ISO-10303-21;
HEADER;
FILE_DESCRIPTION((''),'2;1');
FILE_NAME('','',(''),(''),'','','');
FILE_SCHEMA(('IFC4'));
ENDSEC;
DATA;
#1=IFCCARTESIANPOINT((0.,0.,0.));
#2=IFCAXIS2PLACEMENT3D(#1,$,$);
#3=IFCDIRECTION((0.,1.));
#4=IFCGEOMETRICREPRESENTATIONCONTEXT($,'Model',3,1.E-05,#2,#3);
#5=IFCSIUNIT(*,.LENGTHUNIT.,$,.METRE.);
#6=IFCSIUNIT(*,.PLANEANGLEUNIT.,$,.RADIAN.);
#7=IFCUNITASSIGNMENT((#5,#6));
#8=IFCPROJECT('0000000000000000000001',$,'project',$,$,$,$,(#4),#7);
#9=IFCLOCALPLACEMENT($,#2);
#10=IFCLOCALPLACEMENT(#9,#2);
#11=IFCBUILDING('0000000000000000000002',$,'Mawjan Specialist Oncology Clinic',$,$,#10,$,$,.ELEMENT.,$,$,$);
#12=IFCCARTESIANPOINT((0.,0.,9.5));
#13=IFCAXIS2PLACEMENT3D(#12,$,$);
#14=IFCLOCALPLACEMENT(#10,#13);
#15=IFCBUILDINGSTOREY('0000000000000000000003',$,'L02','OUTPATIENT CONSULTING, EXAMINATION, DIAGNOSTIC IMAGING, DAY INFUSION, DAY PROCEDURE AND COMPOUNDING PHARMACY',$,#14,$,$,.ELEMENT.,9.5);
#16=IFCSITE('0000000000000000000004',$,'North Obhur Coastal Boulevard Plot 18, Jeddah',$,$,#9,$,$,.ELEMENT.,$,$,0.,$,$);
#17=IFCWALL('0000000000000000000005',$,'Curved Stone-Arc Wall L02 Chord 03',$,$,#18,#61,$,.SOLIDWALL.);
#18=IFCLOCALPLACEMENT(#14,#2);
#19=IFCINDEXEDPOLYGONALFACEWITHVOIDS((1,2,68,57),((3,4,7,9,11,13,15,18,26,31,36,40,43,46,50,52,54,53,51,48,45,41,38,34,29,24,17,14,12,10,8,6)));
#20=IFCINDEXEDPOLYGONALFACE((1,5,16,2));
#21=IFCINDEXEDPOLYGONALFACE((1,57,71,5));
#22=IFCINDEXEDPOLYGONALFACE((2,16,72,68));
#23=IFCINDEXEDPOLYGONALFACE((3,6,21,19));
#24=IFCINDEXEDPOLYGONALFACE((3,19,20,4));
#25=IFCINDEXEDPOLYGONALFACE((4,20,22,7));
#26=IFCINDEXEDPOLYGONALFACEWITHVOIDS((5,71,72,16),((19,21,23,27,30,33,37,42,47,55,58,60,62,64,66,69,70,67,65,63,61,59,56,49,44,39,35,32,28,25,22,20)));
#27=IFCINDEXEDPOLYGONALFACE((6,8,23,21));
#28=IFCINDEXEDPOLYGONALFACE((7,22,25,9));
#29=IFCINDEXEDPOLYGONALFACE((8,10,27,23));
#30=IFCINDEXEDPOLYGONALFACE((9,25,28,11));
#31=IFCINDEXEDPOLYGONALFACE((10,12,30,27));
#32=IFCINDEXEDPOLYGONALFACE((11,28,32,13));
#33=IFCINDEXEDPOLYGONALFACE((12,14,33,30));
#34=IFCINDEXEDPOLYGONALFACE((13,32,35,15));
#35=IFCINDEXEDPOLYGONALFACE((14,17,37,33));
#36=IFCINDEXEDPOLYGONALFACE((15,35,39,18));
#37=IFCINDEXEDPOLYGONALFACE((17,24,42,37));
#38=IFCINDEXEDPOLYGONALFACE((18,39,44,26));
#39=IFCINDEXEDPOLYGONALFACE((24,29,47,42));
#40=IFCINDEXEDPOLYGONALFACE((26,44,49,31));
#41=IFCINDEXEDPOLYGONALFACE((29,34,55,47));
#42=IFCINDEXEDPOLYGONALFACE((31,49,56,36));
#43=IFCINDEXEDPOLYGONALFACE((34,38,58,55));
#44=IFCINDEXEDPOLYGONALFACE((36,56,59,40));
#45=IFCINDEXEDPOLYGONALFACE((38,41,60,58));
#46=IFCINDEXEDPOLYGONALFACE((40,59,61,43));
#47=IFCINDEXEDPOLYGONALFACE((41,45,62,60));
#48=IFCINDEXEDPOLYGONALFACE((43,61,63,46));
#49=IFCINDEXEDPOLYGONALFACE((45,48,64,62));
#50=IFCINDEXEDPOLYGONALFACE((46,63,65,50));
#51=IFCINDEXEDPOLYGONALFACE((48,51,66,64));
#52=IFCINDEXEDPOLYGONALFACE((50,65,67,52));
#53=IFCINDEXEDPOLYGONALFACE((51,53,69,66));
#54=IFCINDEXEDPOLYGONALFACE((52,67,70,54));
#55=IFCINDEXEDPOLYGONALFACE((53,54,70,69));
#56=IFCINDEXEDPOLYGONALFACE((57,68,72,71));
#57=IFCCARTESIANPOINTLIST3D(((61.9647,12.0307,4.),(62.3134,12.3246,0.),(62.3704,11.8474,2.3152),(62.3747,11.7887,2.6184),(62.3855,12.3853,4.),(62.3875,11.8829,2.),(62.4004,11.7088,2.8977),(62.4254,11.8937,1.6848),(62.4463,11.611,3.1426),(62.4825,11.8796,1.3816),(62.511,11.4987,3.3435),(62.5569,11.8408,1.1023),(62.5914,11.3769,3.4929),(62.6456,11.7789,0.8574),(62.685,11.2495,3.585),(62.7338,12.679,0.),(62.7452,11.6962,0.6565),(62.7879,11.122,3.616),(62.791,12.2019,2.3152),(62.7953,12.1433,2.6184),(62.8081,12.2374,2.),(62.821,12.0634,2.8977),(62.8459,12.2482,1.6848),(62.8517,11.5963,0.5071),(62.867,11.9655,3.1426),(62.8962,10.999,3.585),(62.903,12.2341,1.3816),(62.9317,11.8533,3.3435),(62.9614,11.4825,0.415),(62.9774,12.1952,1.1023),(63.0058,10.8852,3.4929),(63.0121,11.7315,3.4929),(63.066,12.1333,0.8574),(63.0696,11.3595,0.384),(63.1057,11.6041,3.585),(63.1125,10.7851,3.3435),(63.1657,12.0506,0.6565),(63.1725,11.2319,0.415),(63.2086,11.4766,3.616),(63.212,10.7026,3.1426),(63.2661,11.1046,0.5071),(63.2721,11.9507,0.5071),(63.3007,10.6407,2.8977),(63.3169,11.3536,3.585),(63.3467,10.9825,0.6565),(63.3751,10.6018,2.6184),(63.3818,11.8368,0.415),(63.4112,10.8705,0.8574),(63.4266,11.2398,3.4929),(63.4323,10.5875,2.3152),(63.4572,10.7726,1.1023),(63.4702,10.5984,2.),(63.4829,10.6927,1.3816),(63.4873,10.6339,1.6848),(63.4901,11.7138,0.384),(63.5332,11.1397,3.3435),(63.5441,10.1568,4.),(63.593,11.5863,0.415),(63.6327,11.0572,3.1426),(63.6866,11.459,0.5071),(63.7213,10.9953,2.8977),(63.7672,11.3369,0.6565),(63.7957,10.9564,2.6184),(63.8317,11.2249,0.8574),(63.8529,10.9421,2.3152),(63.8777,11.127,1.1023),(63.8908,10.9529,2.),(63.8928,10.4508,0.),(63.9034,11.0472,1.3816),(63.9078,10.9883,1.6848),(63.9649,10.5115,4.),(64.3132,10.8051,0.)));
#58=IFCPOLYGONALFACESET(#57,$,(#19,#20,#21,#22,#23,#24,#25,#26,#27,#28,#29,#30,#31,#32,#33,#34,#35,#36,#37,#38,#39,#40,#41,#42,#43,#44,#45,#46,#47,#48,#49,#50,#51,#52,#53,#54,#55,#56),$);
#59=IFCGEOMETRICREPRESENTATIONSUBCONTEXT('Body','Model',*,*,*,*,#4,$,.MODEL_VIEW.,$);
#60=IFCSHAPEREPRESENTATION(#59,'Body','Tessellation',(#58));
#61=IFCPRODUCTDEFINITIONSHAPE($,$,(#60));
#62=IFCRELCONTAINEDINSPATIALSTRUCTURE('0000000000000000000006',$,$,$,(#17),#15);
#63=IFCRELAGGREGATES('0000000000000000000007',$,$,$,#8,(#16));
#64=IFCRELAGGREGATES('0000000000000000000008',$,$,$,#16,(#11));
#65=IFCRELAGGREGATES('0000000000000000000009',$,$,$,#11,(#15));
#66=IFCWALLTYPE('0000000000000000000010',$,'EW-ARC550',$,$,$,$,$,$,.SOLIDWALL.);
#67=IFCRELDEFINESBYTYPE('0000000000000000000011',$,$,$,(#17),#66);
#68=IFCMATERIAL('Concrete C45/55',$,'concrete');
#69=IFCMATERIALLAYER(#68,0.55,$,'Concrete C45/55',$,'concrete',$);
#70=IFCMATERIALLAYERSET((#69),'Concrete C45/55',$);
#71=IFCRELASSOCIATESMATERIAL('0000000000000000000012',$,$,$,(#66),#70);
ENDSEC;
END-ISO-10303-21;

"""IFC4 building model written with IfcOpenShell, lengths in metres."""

from ifc_helpers import new_model, si_unit, direction, frame, origin, place, context, subcontext, project, spatial, polyline, outline, extrude, material, layer, layer_set, type_object, element, save


model = new_model("IFC4")

# Units and contexts
model_context = context("Model", 3, precision=1e-05, world=origin(), true_north=direction((0.0, 1.0)))
body_context = subcontext(model_context, "Body", "Model", "MODEL_VIEW")
ifc_project = project(units=[si_unit("LENGTHUNIT", "METRE"), si_unit("PLANEANGLEUNIT", "RADIAN")], contexts=[model_context])

# Site, building, storey
site_placement = place(None, origin())
site = spatial("IfcSite", under=ifc_project, at=site_placement, Name="North Obhur Coastal Boulevard Plot 18, Jeddah", CompositionType="ELEMENT", RefElevation=0.0)
building_placement = place(site_placement, origin())
building = spatial("IfcBuilding", under=site, at=building_placement, Name="Mawjan Specialist Oncology Clinic", CompositionType="ELEMENT")
storey_placement = place(building_placement, frame((0.0, 0.0, 9.5)))
storey = spatial("IfcBuildingStorey", under=building, at=storey_placement, Name="L02", Description="OUTPATIENT CONSULTING, EXAMINATION, DIAGNOSTIC IMAGING, DAY INFUSION, DAY PROCEDURE AND COMPOUNDING PHARMACY", CompositionType="ELEMENT", Elevation=9.5)

# Wall, opening
ifc_material_1 = material(Name="Concrete C45/55", Category="concrete")
ifc_layer_1 = layer(ifc_material_1, 0.55, Name="Concrete C45/55", Category="concrete")
ifc_layer_set_1 = layer_set([ifc_layer_1], Name="Concrete C45/55")
wall_type_1 = type_object("IfcWallType", Name="EW-ARC550", PredefinedType="SOLIDWALL", material=ifc_layer_set_1)
wall_1_placement = place(storey_placement, frame((64.103, 10.6279, 0.0), z_axis=(0.0, 0.0, 1.0), x_axis=(-0.644476, 0.764624, 0.0)))
wall_1 = element("IfcWall", 1, at=wall_1_placement, inside=storey, type_object=wall_type_1, Name="Curved Stone-Arc Wall L02 Chord 03", PredefinedType="SOLIDWALL", context=body_context, shape_type="SweptSolid", body=[
    extrude(outline(polyline([(-0.2749, 0.0), (0.2749, 0.0), (0.731, 4.0), (0.1807, 4.0), (-0.2749, 0.0)])), frame((0.0, 0.0, 0.0), z_axis=(1.0, 0.0, 0.0), x_axis=(0.0, 1.0, 0.0)), (0.0, 0.0, 1.0), 2.4507),
])
opening_1_placement = place(wall_1_placement, origin())
element("IfcOpeningElement", 2, at=opening_1_placement, cuts=wall_1, PredefinedType="OPENING", context=body_context, shape_type="SweptSolid", body=[
    extrude(outline(polyline([(2.0652, 2.0), (2.0491, 2.3152), (2.0015, 2.6184), (1.9238, 2.8977), (1.8193, 3.1426), (1.6919, 3.3435), (1.5469, 3.4929), (1.3892, 3.585), (1.2253, 3.616), (1.0615, 3.585), (0.9038, 3.4929), (0.7585, 3.3435), (0.6313, 3.1426), (0.5269, 2.8977), (0.4492, 2.6184), (0.4014, 2.3152), (0.3853, 2.0), (0.4014, 1.6848), (0.4492, 1.3816), (0.5269, 1.1023), (0.6313, 0.8574), (0.7585, 0.6565), (0.9038, 0.5071), (1.0615, 0.415), (1.2253, 0.384), (1.3892, 0.415), (1.5469, 0.5071), (1.6919, 0.6565), (1.8193, 0.8574), (1.9238, 1.1023), (2.0015, 1.3816), (2.0491, 1.6848), (2.0652, 2.0)])), frame((0.0, 0.7507, 0.0), z_axis=(0.0, -1.0, 0.0), x_axis=(1.0, 0.0, 0.0)), (0.0, 0.0, 1.0), 1.0459),
])

save(model, "model.ifc")
